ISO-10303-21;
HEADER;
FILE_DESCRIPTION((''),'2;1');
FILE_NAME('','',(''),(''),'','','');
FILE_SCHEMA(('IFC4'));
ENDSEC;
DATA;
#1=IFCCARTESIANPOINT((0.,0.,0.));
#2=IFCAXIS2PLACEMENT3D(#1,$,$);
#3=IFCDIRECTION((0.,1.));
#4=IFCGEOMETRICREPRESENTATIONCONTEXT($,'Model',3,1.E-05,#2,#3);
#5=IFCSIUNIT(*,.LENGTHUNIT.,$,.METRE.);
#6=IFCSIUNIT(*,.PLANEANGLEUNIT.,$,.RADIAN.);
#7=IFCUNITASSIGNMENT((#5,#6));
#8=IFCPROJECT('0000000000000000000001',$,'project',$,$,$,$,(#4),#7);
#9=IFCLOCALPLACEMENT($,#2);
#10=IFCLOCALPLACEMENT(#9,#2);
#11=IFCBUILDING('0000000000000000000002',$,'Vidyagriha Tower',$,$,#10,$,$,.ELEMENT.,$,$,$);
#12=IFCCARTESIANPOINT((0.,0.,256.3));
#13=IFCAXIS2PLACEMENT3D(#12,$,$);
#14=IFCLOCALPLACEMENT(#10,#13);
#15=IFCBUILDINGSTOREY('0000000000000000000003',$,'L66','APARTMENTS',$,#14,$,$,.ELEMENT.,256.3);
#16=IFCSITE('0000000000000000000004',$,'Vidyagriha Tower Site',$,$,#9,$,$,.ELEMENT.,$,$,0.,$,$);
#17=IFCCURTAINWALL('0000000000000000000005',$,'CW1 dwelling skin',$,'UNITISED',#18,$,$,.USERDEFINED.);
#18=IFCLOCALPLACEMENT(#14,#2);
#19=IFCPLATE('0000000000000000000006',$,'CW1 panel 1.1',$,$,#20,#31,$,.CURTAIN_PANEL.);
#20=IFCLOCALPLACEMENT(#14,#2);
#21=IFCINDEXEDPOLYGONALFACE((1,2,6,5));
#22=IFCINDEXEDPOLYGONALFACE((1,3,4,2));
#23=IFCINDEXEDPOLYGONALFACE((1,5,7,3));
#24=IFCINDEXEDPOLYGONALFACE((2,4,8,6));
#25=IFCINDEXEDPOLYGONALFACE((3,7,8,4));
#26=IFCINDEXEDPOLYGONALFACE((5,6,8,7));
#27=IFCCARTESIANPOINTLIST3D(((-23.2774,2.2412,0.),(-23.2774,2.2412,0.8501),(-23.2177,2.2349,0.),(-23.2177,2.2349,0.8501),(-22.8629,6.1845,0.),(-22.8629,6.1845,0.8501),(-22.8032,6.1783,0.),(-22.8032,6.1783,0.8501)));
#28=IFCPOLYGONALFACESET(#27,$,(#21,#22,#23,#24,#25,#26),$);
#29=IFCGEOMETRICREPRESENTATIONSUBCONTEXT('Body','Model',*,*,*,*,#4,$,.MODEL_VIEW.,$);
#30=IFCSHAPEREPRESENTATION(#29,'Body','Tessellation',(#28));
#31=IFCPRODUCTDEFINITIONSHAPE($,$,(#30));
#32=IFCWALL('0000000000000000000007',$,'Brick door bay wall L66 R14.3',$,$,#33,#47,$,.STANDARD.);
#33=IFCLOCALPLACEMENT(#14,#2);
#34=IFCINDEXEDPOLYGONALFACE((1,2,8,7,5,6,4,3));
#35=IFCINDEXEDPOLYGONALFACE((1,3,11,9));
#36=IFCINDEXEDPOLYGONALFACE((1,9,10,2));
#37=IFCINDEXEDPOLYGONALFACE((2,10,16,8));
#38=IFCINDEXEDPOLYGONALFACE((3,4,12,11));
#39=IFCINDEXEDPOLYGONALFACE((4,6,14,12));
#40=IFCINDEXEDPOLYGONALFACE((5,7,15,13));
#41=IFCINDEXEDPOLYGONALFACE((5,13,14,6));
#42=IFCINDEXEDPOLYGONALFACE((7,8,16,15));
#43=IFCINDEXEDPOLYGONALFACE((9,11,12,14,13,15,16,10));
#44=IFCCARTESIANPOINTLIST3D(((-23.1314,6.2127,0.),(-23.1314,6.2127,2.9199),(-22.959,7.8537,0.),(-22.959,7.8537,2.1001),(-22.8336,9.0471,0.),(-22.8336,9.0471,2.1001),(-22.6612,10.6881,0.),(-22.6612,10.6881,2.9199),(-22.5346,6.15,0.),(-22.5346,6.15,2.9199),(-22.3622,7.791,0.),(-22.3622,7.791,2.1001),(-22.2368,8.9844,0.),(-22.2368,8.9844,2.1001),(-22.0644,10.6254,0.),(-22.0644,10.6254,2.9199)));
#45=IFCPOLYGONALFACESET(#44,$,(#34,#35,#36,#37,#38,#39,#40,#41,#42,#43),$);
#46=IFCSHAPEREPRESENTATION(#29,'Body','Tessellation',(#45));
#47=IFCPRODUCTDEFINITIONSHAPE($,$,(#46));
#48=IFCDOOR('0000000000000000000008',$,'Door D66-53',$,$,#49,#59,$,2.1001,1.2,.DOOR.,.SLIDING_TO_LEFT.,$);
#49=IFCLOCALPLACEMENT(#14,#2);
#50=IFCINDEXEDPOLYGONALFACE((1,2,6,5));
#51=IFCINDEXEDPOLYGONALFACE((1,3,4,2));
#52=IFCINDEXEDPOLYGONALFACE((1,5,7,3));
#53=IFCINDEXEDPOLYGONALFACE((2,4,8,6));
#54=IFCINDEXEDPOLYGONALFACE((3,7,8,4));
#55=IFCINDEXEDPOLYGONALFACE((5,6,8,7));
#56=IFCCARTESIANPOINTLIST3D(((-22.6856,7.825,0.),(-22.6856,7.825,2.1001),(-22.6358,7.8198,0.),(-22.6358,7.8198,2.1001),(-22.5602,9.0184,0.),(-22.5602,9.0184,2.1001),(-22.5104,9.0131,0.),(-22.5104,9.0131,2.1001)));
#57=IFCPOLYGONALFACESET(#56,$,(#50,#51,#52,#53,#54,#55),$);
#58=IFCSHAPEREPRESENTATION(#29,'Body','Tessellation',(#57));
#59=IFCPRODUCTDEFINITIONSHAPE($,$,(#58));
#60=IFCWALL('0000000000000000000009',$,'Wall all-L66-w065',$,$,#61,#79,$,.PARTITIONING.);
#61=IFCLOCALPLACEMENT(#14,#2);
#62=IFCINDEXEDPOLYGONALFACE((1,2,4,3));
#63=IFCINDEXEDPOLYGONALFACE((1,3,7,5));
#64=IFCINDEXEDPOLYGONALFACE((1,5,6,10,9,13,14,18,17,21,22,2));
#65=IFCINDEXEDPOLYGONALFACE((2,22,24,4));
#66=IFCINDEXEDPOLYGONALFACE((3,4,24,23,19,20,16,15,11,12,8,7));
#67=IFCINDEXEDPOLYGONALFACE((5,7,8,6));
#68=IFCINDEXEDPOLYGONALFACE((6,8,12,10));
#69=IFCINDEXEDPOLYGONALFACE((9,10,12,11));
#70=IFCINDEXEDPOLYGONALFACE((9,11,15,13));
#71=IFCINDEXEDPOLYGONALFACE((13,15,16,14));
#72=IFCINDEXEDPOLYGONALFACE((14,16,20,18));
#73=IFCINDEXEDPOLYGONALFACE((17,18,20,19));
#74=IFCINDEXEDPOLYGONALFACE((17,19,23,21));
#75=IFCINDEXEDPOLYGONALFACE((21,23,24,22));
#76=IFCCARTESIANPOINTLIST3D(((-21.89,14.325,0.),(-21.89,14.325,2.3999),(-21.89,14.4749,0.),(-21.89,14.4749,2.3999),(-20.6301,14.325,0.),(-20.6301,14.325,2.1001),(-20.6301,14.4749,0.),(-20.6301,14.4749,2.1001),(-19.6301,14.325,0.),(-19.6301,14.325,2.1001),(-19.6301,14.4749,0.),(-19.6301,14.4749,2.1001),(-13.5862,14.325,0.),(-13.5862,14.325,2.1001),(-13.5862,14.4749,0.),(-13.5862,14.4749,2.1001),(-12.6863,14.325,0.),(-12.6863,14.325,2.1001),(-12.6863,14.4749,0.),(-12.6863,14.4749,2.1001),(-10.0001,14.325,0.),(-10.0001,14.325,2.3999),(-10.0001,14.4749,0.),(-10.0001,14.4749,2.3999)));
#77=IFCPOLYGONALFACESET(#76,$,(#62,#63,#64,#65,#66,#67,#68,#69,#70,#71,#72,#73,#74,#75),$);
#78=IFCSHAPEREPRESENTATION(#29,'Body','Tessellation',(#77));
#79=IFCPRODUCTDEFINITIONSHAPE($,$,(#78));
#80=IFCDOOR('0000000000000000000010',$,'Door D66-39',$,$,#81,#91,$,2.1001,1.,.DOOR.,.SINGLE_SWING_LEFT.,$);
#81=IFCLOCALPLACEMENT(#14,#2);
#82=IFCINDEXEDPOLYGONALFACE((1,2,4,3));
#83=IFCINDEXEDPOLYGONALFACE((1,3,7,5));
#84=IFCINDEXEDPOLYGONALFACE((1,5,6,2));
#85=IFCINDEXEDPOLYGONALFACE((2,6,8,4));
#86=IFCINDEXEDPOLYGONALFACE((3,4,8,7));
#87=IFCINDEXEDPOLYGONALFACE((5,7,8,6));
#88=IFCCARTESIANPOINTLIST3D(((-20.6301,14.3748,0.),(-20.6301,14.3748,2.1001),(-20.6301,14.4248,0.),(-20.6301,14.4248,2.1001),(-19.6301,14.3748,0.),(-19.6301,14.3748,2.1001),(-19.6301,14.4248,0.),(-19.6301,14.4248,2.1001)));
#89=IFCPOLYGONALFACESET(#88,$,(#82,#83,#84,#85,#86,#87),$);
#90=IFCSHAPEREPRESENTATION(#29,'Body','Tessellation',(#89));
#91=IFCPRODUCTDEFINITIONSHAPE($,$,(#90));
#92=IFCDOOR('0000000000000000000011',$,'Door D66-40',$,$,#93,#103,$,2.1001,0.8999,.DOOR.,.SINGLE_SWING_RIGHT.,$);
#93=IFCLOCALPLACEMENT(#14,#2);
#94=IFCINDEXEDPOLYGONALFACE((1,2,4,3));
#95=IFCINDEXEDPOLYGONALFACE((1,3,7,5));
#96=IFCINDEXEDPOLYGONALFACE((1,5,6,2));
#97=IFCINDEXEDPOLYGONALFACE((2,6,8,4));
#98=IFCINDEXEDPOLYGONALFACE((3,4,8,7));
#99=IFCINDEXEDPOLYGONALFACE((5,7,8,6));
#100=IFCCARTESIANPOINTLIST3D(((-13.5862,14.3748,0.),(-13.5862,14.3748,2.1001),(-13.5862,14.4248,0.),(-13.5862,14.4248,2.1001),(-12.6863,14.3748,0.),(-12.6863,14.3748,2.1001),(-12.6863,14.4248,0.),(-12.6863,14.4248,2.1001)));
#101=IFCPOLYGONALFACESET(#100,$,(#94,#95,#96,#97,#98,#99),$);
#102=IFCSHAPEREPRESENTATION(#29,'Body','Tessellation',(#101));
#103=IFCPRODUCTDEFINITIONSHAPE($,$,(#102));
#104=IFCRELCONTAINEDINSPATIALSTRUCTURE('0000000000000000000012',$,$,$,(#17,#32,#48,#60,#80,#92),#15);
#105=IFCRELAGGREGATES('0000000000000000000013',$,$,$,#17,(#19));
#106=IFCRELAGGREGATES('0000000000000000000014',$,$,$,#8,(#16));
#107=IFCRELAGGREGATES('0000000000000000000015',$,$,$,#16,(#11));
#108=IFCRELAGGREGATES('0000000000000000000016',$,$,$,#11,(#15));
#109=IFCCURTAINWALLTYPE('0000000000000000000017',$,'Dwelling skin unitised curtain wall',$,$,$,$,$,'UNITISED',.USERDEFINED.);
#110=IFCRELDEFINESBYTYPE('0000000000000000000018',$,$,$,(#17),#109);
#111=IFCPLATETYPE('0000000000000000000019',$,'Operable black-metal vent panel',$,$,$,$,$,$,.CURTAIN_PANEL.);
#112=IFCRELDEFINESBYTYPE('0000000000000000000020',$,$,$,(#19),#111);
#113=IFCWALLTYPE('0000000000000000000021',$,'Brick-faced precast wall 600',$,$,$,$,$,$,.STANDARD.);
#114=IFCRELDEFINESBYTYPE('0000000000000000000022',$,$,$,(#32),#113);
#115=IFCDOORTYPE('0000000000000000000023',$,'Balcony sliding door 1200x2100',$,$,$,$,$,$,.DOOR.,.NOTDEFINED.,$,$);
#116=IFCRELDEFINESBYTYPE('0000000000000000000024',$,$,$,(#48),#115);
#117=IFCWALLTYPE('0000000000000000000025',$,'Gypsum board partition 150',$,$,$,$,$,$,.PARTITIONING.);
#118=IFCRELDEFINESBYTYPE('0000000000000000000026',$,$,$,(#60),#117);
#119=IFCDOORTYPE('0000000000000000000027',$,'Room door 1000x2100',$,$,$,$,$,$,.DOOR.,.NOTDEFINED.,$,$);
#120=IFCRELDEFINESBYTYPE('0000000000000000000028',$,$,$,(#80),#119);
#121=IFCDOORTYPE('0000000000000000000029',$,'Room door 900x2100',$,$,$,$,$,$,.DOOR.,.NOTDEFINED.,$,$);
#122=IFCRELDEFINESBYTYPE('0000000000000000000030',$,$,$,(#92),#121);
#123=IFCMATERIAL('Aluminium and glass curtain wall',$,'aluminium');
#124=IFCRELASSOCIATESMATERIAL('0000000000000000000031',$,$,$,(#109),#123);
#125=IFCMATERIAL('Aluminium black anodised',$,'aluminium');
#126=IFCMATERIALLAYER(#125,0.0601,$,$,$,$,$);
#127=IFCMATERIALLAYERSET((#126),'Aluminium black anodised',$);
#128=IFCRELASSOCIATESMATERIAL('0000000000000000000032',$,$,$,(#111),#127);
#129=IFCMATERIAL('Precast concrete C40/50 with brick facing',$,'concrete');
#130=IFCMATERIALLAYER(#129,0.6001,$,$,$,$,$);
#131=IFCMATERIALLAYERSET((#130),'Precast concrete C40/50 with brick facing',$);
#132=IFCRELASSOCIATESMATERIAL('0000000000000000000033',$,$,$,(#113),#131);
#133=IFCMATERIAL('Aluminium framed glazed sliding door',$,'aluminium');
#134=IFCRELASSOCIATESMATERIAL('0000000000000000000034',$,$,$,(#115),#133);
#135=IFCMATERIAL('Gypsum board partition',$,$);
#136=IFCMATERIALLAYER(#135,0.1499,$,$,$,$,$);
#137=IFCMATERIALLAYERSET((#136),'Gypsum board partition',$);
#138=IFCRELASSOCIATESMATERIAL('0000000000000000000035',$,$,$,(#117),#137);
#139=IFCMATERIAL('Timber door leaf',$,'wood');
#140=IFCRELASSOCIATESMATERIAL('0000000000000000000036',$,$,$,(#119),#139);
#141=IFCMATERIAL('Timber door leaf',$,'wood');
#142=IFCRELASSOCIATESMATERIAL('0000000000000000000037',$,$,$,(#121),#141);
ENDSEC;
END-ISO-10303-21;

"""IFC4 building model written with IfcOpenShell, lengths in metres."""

from ifc_helpers import new_model, si_unit, direction, frame, frame_2d, origin, origin_2d, place, context, subcontext, project, spatial, rectangle, extrude, material, layer, layer_set, type_object, element, fill, aggregate, save


model = new_model("IFC4")

# Units and contexts
model_context = context("Model", 3, precision=1e-05, world=origin(), true_north=direction((0.0, 1.0)))
body_context = subcontext(model_context, "Body", "Model", "MODEL_VIEW")
ifc_project = project(units=[si_unit("LENGTHUNIT", "METRE"), si_unit("PLANEANGLEUNIT", "RADIAN")], contexts=[model_context])

# Site, building, storey
site_placement = place(None, origin())
site = spatial("IfcSite", under=ifc_project, at=site_placement, Name="Vidyagriha Tower Site", CompositionType="ELEMENT", RefElevation=0.0)
building_placement = place(site_placement, origin())
building = spatial("IfcBuilding", under=site, at=building_placement, Name="Vidyagriha Tower", CompositionType="ELEMENT")
storey_placement = place(building_placement, frame((0.0, 0.0, 256.3)))
storey = spatial("IfcBuildingStorey", under=building, at=storey_placement, Name="L66", Description="APARTMENTS", CompositionType="ELEMENT", Elevation=256.3)

# Curtain wall
ifc_material_1 = material(Name="Aluminium and glass curtain wall", Category="aluminium")
curtain_wall_type = type_object("IfcCurtainWallType", Name="Dwelling skin unitised curtain wall", ElementType="UNITISED", PredefinedType="USERDEFINED", material=ifc_material_1)
curtain_wall_1_placement = place(storey_placement, origin())
curtain_wall_1 = element("IfcCurtainWall", 1, at=curtain_wall_1_placement, inside=storey, type_object=curtain_wall_type, Name="CW1 dwelling skin", ObjectType="UNITISED", PredefinedType="USERDEFINED")

# Plate
ifc_material_2 = material(Name="Aluminium black anodised", Category="aluminium")
ifc_layer_1 = layer(ifc_material_2, 0.0601)
ifc_layer_set_1 = layer_set([ifc_layer_1], Name="Aluminium black anodised")
plate_type_1 = type_object("IfcPlateType", Name="Operable black-metal vent panel", PredefinedType="CURTAIN_PANEL", material=ifc_layer_set_1)
plate_1_placement = place(storey_placement, frame((-23.0403, 4.2097, 0.0), z_axis=(0.0, 0.0, 1.0), x_axis=(-0.104533, -0.994521, 0.0)))
plate_1 = element("IfcPlate", 2, at=plate_1_placement, type_object=plate_type_1, Name="CW1 panel 1.1", PredefinedType="CURTAIN_PANEL", context=body_context, shape_type="SweptSolid", body=[
    extrude(rectangle(XDim=3.9651, YDim=0.0601, at=origin_2d()), origin(), (0.0, 0.0, 1.0), 0.8501),
])
aggregate(curtain_wall_1, [plate_1])

# Wall, opening, door
ifc_material_3 = material(Name="Precast concrete C40/50 with brick facing", Category="concrete")
ifc_layer_2 = layer(ifc_material_3, 0.6001)
ifc_layer_set_2 = layer_set([ifc_layer_2], Name="Precast concrete C40/50 with brick facing")
wall_type_1 = type_object("IfcWallType", Name="Brick-faced precast wall 600", PredefinedType="STANDARD", material=ifc_layer_set_2)
wall_1_placement = place(storey_placement, frame((-22.3628, 10.6567, 0.0), z_axis=(0.0, 0.0, 1.0), x_axis=(-0.104493, -0.994526, 0.0)))
wall_1 = element("IfcWall", 3, at=wall_1_placement, inside=storey, type_object=wall_type_1, Name="Brick door bay wall L66 R14.3", PredefinedType="STANDARD", context=body_context, shape_type="SweptSolid", body=[
    extrude(rectangle(XDim=4.5, YDim=0.6001, at=frame_2d((2.25, 0.0))), origin(), (0.0, 0.0, 1.0), 2.9199),
])
opening_1_placement = place(wall_1_placement, frame((1.6499, 0.0, 0.0)))
opening_1 = element("IfcOpeningElement", 4, at=opening_1_placement, cuts=wall_1, PredefinedType="OPENING", context=body_context, shape_type="SweptSolid", body=[
    extrude(rectangle(XDim=1.2, YDim=2.1001, at=frame_2d((0.6001, 1.05))), frame((0.0, 0.3101, 0.0), z_axis=(0.0, -1.0, 0.0), x_axis=(1.0, 0.0, 0.0)), (0.0, 0.0, 1.0), 0.6201),
])
ifc_material_4 = material(Name="Aluminium framed glazed sliding door", Category="aluminium")
door_type_1 = type_object("IfcDoorType", Name="Balcony sliding door 1200x2100", OperationType="NOTDEFINED", PredefinedType="DOOR", material=ifc_material_4)
door_1_placement = place(opening_1_placement, origin())
door_1 = element("IfcDoor", 5, at=door_1_placement, inside=storey, type_object=door_type_1, Name="Door D66-53", OperationType="SLIDING_TO_LEFT", OverallHeight=2.1001, OverallWidth=1.2, PredefinedType="DOOR", context=body_context, shape_type="SweptSolid", body=[
    extrude(rectangle(XDim=1.2, YDim=2.1001, at=frame_2d((0.6001, 1.05))), frame((0.0, 0.0249, 0.0), z_axis=(0.0, -1.0, 0.0), x_axis=(1.0, 0.0, 0.0)), (0.0, 0.0, 1.0), 0.05),
])
fill(opening_1, door_1)

# Wall, openings, doors
ifc_material_5 = material(Name="Gypsum board partition")
ifc_layer_3 = layer(ifc_material_5, 0.1499)
ifc_layer_set_3 = layer_set([ifc_layer_3], Name="Gypsum board partition")
wall_type_2 = type_object("IfcWallType", Name="Gypsum board partition 150", PredefinedType="PARTITIONING", material=ifc_layer_set_3)
wall_2_placement = place(storey_placement, frame((-21.8899, 14.3999, 0.0)))
wall_2 = element("IfcWall", 6, at=wall_2_placement, inside=storey, type_object=wall_type_2, Name="Wall all-L66-w065", PredefinedType="PARTITIONING", context=body_context, shape_type="SweptSolid", body=[
    extrude(rectangle(XDim=11.8899, YDim=0.1499, at=frame_2d((5.9448, 0.0))), origin(), (0.0, 0.0, 1.0), 2.3999),
])
opening_2_placement = place(wall_2_placement, frame((1.2598, 0.0, 0.0)))
opening_2 = element("IfcOpeningElement", 7, at=opening_2_placement, cuts=wall_2, PredefinedType="OPENING", context=body_context, shape_type="SweptSolid", body=[
    extrude(rectangle(XDim=1.0, YDim=2.1001, at=frame_2d((0.5, 1.05))), frame((0.0, 0.085, 0.0), z_axis=(0.0, -1.0, 0.0), x_axis=(1.0, 0.0, 0.0)), (0.0, 0.0, 1.0), 0.1699),
])
opening_3_placement = place(wall_2_placement, frame((8.3037, 0.0, 0.0)))
opening_3 = element("IfcOpeningElement", 8, at=opening_3_placement, cuts=wall_2, PredefinedType="OPENING", context=body_context, shape_type="SweptSolid", body=[
    extrude(rectangle(XDim=0.8999, YDim=2.1001, at=frame_2d((0.45, 1.05))), frame((0.0, 0.085, 0.0), z_axis=(0.0, -1.0, 0.0), x_axis=(1.0, 0.0, 0.0)), (0.0, 0.0, 1.0), 0.1699),
])
ifc_material_6 = material(Name="Timber door leaf", Category="wood")
door_type_2 = type_object("IfcDoorType", Name="Room door 1000x2100", OperationType="NOTDEFINED", PredefinedType="DOOR", material=ifc_material_6)
door_2_placement = place(opening_2_placement, origin())
door_2 = element("IfcDoor", 9, at=door_2_placement, inside=storey, type_object=door_type_2, Name="Door D66-39", OperationType="SINGLE_SWING_LEFT", OverallHeight=2.1001, OverallWidth=1.0, PredefinedType="DOOR", context=body_context, shape_type="SweptSolid", body=[
    extrude(rectangle(XDim=1.0, YDim=2.1001, at=frame_2d((0.5, 1.05))), frame((0.0, 0.0249, 0.0), z_axis=(0.0, -1.0, 0.0), x_axis=(1.0, 0.0, 0.0)), (0.0, 0.0, 1.0), 0.05),
])
fill(opening_2, door_2)
ifc_material_7 = material(Name="Timber door leaf", Category="wood")
door_type_3 = type_object("IfcDoorType", Name="Room door 900x2100", OperationType="NOTDEFINED", PredefinedType="DOOR", material=ifc_material_7)
door_3_placement = place(opening_3_placement, origin())
door_3 = element("IfcDoor", 10, at=door_3_placement, inside=storey, type_object=door_type_3, Name="Door D66-40", OperationType="SINGLE_SWING_RIGHT", OverallHeight=2.1001, OverallWidth=0.8999, PredefinedType="DOOR", context=body_context, shape_type="SweptSolid", body=[
    extrude(rectangle(XDim=0.8999, YDim=2.1001, at=frame_2d((0.45, 1.05))), frame((0.0, 0.0249, 0.0), z_axis=(0.0, -1.0, 0.0), x_axis=(1.0, 0.0, 0.0)), (0.0, 0.0, 1.0), 0.05),
])
fill(opening_3, door_3)

save(model, "model.ifc")
